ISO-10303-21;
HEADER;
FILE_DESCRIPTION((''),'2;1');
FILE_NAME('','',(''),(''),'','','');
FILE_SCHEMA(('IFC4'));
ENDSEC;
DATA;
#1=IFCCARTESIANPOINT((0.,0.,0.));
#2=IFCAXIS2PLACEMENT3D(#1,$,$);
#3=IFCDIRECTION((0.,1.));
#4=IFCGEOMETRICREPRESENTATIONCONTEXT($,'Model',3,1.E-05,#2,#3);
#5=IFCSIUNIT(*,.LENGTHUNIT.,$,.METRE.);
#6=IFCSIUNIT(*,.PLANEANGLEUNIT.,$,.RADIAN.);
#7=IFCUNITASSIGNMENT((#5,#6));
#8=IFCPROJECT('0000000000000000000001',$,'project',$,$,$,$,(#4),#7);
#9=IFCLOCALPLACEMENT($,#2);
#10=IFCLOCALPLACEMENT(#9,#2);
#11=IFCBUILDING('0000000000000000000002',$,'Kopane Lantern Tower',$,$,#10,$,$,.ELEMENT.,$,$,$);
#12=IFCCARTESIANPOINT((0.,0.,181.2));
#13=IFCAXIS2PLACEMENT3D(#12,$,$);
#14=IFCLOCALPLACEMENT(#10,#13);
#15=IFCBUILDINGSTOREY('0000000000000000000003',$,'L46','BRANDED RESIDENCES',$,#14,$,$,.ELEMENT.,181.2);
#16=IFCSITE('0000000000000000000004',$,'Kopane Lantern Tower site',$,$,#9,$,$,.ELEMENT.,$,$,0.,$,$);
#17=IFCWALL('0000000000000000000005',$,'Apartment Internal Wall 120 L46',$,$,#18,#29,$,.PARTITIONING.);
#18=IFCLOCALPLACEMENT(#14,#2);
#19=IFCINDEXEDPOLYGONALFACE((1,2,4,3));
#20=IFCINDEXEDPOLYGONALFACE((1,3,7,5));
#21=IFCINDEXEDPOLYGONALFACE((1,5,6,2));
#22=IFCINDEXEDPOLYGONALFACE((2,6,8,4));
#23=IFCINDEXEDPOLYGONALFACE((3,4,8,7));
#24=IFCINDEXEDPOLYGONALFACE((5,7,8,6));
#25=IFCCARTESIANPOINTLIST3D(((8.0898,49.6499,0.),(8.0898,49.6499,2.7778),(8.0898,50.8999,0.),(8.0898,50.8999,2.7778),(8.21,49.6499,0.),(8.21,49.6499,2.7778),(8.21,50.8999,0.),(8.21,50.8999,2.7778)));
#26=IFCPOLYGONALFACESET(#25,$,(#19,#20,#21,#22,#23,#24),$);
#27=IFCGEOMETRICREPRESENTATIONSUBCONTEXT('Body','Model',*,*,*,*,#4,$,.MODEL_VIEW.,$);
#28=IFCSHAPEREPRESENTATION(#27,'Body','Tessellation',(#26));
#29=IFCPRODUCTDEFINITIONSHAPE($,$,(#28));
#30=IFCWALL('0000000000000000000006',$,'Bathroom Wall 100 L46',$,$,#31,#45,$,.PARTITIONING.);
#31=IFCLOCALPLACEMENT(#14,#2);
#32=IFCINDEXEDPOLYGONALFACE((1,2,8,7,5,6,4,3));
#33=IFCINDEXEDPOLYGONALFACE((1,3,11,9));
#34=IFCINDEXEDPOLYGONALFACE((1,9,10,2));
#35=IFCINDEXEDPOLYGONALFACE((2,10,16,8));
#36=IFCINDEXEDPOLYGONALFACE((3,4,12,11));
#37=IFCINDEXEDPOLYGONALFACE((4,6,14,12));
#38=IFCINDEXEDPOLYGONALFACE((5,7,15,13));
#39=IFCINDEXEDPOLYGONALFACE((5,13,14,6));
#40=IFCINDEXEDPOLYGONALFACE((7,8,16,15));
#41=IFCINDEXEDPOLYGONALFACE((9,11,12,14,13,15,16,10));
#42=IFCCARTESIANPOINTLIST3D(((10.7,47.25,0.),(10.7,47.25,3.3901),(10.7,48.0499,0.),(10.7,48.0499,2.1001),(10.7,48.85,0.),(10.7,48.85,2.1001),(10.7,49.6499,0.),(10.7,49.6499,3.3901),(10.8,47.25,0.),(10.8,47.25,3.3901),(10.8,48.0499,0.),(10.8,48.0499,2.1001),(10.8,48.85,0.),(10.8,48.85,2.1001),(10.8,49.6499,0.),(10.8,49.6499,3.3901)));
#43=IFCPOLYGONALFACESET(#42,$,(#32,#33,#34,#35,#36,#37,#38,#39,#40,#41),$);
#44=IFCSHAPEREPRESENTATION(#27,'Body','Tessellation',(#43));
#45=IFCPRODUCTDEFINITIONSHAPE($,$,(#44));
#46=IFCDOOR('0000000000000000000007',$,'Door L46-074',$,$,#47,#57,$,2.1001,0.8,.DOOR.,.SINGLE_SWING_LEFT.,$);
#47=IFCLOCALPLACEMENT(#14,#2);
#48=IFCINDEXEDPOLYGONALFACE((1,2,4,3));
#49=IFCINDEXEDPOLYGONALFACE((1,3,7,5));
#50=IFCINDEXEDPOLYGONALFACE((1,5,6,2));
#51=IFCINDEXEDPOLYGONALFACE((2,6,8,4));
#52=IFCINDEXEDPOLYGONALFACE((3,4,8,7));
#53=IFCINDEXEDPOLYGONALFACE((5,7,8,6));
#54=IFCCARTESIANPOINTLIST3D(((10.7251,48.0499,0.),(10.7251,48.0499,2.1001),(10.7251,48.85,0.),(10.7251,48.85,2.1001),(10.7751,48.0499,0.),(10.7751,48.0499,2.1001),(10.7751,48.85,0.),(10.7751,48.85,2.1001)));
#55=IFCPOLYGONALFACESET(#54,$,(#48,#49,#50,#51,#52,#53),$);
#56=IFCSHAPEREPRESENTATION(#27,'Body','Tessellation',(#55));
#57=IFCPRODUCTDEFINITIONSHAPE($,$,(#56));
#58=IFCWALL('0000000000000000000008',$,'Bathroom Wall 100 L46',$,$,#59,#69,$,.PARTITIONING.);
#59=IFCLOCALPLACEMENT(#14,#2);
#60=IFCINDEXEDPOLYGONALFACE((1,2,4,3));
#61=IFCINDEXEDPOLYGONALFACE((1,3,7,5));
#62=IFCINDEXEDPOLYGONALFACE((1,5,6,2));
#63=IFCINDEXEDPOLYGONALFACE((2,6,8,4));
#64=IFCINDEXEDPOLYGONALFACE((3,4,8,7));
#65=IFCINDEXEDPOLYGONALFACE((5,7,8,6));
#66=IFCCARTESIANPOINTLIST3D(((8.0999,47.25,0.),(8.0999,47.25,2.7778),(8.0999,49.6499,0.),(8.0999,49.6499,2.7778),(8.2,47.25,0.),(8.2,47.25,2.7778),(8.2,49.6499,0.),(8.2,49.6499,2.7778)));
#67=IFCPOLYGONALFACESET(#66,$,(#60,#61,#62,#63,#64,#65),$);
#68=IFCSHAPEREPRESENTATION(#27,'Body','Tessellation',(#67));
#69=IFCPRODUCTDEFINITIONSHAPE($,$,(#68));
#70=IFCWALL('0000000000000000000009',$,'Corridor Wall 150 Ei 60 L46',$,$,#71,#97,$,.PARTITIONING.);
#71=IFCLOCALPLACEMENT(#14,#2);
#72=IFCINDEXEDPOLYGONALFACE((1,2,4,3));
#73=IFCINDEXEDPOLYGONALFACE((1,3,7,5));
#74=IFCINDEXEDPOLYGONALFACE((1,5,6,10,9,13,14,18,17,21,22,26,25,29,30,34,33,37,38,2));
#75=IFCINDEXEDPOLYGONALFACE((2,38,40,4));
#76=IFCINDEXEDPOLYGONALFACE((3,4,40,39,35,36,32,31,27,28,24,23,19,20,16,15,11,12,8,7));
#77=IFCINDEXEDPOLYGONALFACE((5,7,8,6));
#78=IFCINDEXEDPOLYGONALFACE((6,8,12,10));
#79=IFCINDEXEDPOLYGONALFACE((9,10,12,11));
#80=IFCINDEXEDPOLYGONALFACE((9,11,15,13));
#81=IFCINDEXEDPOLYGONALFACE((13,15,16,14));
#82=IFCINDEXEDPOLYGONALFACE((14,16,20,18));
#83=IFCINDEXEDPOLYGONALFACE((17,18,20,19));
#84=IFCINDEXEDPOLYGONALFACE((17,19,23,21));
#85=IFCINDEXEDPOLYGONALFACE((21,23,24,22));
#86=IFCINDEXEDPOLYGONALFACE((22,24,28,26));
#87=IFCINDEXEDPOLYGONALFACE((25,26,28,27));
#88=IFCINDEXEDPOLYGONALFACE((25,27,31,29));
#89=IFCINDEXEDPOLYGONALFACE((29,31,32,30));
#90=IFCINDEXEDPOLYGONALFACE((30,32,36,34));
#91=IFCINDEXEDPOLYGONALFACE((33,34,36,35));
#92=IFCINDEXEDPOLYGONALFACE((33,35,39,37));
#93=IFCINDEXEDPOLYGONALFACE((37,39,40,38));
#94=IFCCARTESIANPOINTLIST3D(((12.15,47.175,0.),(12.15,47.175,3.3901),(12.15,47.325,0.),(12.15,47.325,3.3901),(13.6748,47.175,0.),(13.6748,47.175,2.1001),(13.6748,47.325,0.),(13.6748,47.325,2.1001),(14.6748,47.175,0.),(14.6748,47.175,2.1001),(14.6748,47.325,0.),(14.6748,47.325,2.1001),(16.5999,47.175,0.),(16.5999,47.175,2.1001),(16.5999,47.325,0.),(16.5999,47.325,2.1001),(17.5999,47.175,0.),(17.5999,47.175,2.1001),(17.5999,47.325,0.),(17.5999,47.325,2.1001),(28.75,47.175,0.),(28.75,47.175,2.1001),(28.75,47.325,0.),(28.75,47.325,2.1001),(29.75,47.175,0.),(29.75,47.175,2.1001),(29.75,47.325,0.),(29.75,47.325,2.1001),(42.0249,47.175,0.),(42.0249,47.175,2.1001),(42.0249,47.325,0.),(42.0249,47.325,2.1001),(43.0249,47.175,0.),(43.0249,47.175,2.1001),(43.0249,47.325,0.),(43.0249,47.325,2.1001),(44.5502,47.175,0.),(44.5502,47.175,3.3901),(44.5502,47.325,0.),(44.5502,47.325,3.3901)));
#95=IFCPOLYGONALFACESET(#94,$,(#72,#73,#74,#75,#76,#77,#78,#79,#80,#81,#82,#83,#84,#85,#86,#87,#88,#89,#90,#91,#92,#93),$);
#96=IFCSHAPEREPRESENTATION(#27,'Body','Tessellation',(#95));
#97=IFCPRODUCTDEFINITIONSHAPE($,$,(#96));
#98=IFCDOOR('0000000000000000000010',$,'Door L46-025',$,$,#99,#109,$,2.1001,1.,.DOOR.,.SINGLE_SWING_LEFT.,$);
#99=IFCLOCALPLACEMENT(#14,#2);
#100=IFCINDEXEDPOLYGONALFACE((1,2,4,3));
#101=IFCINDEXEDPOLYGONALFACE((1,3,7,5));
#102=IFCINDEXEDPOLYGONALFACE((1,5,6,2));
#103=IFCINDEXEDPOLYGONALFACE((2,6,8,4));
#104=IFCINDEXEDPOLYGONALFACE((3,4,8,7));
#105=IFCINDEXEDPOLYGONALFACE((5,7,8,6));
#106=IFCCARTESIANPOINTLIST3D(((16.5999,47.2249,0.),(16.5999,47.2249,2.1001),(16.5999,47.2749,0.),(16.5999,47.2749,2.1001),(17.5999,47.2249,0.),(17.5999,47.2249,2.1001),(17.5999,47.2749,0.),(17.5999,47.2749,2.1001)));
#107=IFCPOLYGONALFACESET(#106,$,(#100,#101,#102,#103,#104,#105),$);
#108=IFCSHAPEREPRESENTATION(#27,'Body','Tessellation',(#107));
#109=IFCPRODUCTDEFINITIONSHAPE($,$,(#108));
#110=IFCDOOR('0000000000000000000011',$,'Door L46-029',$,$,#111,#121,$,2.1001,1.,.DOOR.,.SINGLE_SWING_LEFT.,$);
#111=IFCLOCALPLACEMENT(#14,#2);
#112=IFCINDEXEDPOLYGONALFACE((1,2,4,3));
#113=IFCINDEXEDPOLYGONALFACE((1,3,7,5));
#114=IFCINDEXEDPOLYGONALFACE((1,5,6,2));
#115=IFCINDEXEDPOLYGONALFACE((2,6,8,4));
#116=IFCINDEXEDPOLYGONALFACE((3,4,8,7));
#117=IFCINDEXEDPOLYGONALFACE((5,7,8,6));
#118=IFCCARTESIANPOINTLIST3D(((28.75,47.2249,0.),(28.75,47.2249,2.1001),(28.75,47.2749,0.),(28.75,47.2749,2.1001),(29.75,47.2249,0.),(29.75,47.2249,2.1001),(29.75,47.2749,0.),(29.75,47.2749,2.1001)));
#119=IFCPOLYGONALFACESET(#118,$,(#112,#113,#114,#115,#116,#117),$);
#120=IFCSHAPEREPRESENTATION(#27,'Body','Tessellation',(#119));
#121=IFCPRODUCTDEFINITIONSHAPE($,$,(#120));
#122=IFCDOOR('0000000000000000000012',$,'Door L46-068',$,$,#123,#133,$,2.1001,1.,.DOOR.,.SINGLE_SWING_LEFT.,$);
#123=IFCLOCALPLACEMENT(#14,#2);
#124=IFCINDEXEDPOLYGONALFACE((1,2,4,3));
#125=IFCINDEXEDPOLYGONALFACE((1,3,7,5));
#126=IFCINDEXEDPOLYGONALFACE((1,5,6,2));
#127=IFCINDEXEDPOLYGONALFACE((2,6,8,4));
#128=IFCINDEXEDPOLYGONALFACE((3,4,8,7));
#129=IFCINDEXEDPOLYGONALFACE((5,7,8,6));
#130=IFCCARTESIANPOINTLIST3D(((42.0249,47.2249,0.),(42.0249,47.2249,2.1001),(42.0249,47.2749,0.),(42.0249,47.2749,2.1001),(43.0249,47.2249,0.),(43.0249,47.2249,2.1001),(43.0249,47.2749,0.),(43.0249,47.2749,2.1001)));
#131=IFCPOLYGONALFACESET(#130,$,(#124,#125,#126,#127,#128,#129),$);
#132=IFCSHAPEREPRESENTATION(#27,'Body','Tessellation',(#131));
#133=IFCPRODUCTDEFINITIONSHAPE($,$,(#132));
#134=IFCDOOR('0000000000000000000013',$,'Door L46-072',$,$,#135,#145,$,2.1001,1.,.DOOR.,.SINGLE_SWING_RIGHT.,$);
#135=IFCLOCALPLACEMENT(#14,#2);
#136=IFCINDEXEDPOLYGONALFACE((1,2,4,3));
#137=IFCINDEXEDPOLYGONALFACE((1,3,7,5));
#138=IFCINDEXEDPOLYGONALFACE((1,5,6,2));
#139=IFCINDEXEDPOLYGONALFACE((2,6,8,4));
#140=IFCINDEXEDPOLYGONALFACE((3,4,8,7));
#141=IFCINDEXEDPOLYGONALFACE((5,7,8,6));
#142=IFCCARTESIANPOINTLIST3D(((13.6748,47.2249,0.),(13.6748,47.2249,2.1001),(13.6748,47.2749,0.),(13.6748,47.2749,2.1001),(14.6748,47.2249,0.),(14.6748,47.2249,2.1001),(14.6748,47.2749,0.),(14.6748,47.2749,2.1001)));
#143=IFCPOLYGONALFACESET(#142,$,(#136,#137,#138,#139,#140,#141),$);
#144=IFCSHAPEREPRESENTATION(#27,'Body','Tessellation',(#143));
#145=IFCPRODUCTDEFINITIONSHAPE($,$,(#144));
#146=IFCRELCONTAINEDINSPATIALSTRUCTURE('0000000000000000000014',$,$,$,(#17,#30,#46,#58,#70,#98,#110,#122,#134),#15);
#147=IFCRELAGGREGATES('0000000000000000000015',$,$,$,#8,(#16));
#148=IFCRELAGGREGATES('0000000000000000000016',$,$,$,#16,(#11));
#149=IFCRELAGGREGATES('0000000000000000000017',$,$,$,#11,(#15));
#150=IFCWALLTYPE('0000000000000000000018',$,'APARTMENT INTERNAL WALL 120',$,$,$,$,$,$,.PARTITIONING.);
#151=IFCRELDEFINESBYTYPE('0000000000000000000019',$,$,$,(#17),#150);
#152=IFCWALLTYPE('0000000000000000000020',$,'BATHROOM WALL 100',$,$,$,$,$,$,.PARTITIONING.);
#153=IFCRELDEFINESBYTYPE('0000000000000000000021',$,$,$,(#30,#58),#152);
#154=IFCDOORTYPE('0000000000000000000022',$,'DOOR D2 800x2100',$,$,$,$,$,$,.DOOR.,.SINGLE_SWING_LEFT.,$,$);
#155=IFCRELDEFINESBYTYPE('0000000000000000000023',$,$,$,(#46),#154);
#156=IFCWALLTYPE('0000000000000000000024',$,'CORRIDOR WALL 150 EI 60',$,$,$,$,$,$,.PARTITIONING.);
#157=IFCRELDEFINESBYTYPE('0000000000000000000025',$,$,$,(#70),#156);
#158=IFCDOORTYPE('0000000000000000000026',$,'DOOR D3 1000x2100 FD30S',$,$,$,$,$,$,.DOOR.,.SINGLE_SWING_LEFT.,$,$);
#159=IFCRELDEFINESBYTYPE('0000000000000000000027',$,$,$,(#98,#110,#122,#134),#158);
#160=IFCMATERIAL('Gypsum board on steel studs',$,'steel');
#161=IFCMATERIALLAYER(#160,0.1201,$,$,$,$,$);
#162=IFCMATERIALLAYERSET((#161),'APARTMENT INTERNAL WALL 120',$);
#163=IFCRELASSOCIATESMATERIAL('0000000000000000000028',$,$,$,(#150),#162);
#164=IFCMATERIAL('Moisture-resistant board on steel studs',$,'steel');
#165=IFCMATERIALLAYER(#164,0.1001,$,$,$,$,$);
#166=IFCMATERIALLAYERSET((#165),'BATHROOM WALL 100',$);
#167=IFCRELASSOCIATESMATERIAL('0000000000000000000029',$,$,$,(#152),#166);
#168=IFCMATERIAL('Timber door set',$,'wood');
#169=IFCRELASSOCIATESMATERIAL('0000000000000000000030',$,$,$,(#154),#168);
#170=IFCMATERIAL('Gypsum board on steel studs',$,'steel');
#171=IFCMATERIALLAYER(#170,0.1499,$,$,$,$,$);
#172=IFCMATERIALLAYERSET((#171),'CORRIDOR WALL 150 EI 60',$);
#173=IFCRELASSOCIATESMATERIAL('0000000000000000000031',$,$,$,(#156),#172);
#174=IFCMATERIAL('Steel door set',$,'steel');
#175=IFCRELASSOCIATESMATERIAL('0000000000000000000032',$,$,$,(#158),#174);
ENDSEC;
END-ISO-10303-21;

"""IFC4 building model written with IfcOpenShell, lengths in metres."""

from ifc_helpers import new_model, si_unit, direction, frame, frame_2d, origin, place, context, subcontext, project, spatial, rectangle, extrude, material, layer, layer_set, type_object, element, fill, save


model = new_model("IFC4")

# Units and contexts
model_context = context("Model", 3, precision=1e-05, world=origin(), true_north=direction((0.0, 1.0)))
body_context = subcontext(model_context, "Body", "Model", "MODEL_VIEW")
ifc_project = project(units=[si_unit("LENGTHUNIT", "METRE"), si_unit("PLANEANGLEUNIT", "RADIAN")], contexts=[model_context])

# Site, building, storey
site_placement = place(None, origin())
site = spatial("IfcSite", under=ifc_project, at=site_placement, Name="Kopane Lantern Tower site", CompositionType="ELEMENT", RefElevation=0.0)
building_placement = place(site_placement, origin())
building = spatial("IfcBuilding", under=site, at=building_placement, Name="Kopane Lantern Tower", CompositionType="ELEMENT")
storey_placement = place(building_placement, frame((0.0, 0.0, 181.2)))
storey = spatial("IfcBuildingStorey", under=building, at=storey_placement, Name="L46", Description="BRANDED RESIDENCES", CompositionType="ELEMENT", Elevation=181.2)

# Shared definitions
ifc_material_1 = material(Name="Gypsum board on steel studs", Category="steel")
ifc_layer_1 = layer(ifc_material_1, 0.1201)
ifc_layer_set_1 = layer_set([ifc_layer_1], Name="APARTMENT INTERNAL WALL 120")
wall_type_1 = type_object("IfcWallType", Name="APARTMENT INTERNAL WALL 120", PredefinedType="PARTITIONING", material=ifc_layer_set_1)

# Wall
wall_1_placement = place(storey_placement, frame((8.1499, 49.6499, 0.0), z_axis=(0.0, 0.0, 1.0), x_axis=(0.0, 1.0, 0.0)))
element("IfcWall", 1, at=wall_1_placement, inside=storey, type_object=wall_type_1, Name="Apartment Internal Wall 120 L46", PredefinedType="PARTITIONING", context=body_context, shape_type="SweptSolid", body=[
    extrude(rectangle(XDim=1.25, YDim=0.1201, at=frame_2d((0.625, 0.0))), origin(), (0.0, 0.0, 1.0), 2.7778),
])

# Wall, opening, door
ifc_material_2 = material(Name="Moisture-resistant board on steel studs", Category="steel")
ifc_layer_2 = layer(ifc_material_2, 0.1001)
ifc_layer_set_2 = layer_set([ifc_layer_2], Name="BATHROOM WALL 100")
wall_type_2 = type_object("IfcWallType", Name="BATHROOM WALL 100", PredefinedType="PARTITIONING", material=ifc_layer_set_2)
wall_2_placement = place(storey_placement, frame((10.75, 47.25, 0.0), z_axis=(0.0, 0.0, 1.0), x_axis=(0.0, 1.0, 0.0)))
wall_2 = element("IfcWall", 2, at=wall_2_placement, inside=storey, type_object=wall_type_2, Name="Bathroom Wall 100 L46", PredefinedType="PARTITIONING", context=body_context, shape_type="SweptSolid", body=[
    extrude(rectangle(XDim=2.3999, YDim=0.1001, at=frame_2d((1.2, 0.0))), origin(), (0.0, 0.0, 1.0), 3.3901),
])
opening_1_placement = place(wall_2_placement, frame((0.8, 0.0, 0.0)))
opening_1 = element("IfcOpeningElement", 3, at=opening_1_placement, cuts=wall_2, PredefinedType="OPENING", context=body_context, shape_type="SweptSolid", body=[
    extrude(rectangle(XDim=0.8, YDim=2.1001, at=frame_2d((0.3999, 1.05))), frame((0.0, 0.0601, 0.0), z_axis=(0.0, -1.0, 0.0), x_axis=(1.0, 0.0, 0.0)), (0.0, 0.0, 1.0), 0.1201),
])
ifc_material_3 = material(Name="Timber door set", Category="wood")
door_type_1 = type_object("IfcDoorType", Name="DOOR D2 800x2100", OperationType="SINGLE_SWING_LEFT", PredefinedType="DOOR", material=ifc_material_3)
door_1_placement = place(opening_1_placement, origin())
door_1 = element("IfcDoor", 4, at=door_1_placement, inside=storey, type_object=door_type_1, Name="Door L46-074", OperationType="SINGLE_SWING_LEFT", OverallHeight=2.1001, OverallWidth=0.8, PredefinedType="DOOR", context=body_context, shape_type="SweptSolid", body=[
    extrude(rectangle(XDim=0.8, YDim=2.1001, at=frame_2d((0.3999, 1.05))), frame((0.0, 0.0249, 0.0), z_axis=(0.0, -1.0, 0.0), x_axis=(1.0, 0.0, 0.0)), (0.0, 0.0, 1.0), 0.05),
])
fill(opening_1, door_1)

# Wall
wall_3_placement = place(storey_placement, frame((8.1499, 47.25, 0.0), z_axis=(0.0, 0.0, 1.0), x_axis=(0.0, 1.0, 0.0)))
element("IfcWall", 5, at=wall_3_placement, inside=storey, type_object=wall_type_2, Name="Bathroom Wall 100 L46", PredefinedType="PARTITIONING", context=body_context, shape_type="SweptSolid", body=[
    extrude(rectangle(XDim=2.3999, YDim=0.1001, at=frame_2d((1.2, 0.0))), origin(), (0.0, 0.0, 1.0), 2.7778),
])

# Wall, openings, doors
ifc_material_4 = material(Name="Gypsum board on steel studs", Category="steel")
ifc_layer_3 = layer(ifc_material_4, 0.1499)
ifc_layer_set_3 = layer_set([ifc_layer_3], Name="CORRIDOR WALL 150 EI 60")
wall_type_3 = type_object("IfcWallType", Name="CORRIDOR WALL 150 EI 60", PredefinedType="PARTITIONING", material=ifc_layer_set_3)
wall_4_placement = place(storey_placement, frame((12.1499, 47.25, 0.0), z_axis=(0.0, 0.0, 1.0), x_axis=(1.0, 0.0, 0.0)))
wall_4 = element("IfcWall", 6, at=wall_4_placement, inside=storey, type_object=wall_type_3, Name="Corridor Wall 150 Ei 60 L46", PredefinedType="PARTITIONING", context=body_context, shape_type="SweptSolid", body=[
    extrude(rectangle(XDim=32.4001, YDim=0.1499, at=frame_2d((16.2002, 0.0))), origin(), (0.0, 0.0, 1.0), 3.3901),
])
opening_2_placement = place(wall_4_placement, frame((4.45, 0.0, 0.0)))
opening_2 = element("IfcOpeningElement", 7, at=opening_2_placement, cuts=wall_4, PredefinedType="OPENING", context=body_context, shape_type="SweptSolid", body=[
    extrude(rectangle(XDim=1.0, YDim=2.1001, at=frame_2d((0.5, 1.05))), frame((0.0, 0.085, 0.0), z_axis=(0.0, -1.0, 0.0), x_axis=(1.0, 0.0, 0.0)), (0.0, 0.0, 1.0), 0.1699),
])
opening_3_placement = place(wall_4_placement, frame((16.6001, 0.0, 0.0)))
opening_3 = element("IfcOpeningElement", 8, at=opening_3_placement, cuts=wall_4, PredefinedType="OPENING", context=body_context, shape_type="SweptSolid", body=[
    extrude(rectangle(XDim=1.0, YDim=2.1001, at=frame_2d((0.5, 1.05))), frame((0.0, 0.085, 0.0), z_axis=(0.0, -1.0, 0.0), x_axis=(1.0, 0.0, 0.0)), (0.0, 0.0, 1.0), 0.1699),
])
opening_4_placement = place(wall_4_placement, frame((29.875, 0.0, 0.0)))
opening_4 = element("IfcOpeningElement", 9, at=opening_4_placement, cuts=wall_4, PredefinedType="OPENING", context=body_context, shape_type="SweptSolid", body=[
    extrude(rectangle(XDim=1.0, YDim=2.1001, at=frame_2d((0.5, 1.05))), frame((0.0, 0.085, 0.0), z_axis=(0.0, -1.0, 0.0), x_axis=(1.0, 0.0, 0.0)), (0.0, 0.0, 1.0), 0.1699),
])
opening_5_placement = place(wall_4_placement, frame((1.5249, 0.0, 0.0)))
opening_5 = element("IfcOpeningElement", 10, at=opening_5_placement, cuts=wall_4, PredefinedType="OPENING", context=body_context, shape_type="SweptSolid", body=[
    extrude(rectangle(XDim=1.0, YDim=2.1001, at=frame_2d((0.5, 1.05))), frame((0.0, 0.085, 0.0), z_axis=(0.0, -1.0, 0.0), x_axis=(1.0, 0.0, 0.0)), (0.0, 0.0, 1.0), 0.1699),
])
ifc_material_5 = material(Name="Steel door set", Category="steel")
door_type_2 = type_object("IfcDoorType", Name="DOOR D3 1000x2100 FD30S", OperationType="SINGLE_SWING_LEFT", PredefinedType="DOOR", material=ifc_material_5)
door_2_placement = place(opening_2_placement, origin())
door_2 = element("IfcDoor", 11, at=door_2_placement, inside=storey, type_object=door_type_2, Name="Door L46-025", OperationType="SINGLE_SWING_LEFT", OverallHeight=2.1001, OverallWidth=1.0, PredefinedType="DOOR", context=body_context, shape_type="SweptSolid", body=[
    extrude(rectangle(XDim=1.0, YDim=2.1001, at=frame_2d((0.5, 1.05))), frame((0.0, 0.0249, 0.0), z_axis=(0.0, -1.0, 0.0), x_axis=(1.0, 0.0, 0.0)), (0.0, 0.0, 1.0), 0.05),
])
fill(opening_2, door_2)
door_3_placement = place(opening_3_placement, origin())
door_3 = element("IfcDoor", 12, at=door_3_placement, inside=storey, type_object=door_type_2, Name="Door L46-029", OperationType="SINGLE_SWING_LEFT", OverallHeight=2.1001, OverallWidth=1.0, PredefinedType="DOOR", context=body_context, shape_type="SweptSolid", body=[
    extrude(rectangle(XDim=1.0, YDim=2.1001, at=frame_2d((0.5, 1.05))), frame((0.0, 0.0249, 0.0), z_axis=(0.0, -1.0, 0.0), x_axis=(1.0, 0.0, 0.0)), (0.0, 0.0, 1.0), 0.05),
])
fill(opening_3, door_3)
door_4_placement = place(opening_4_placement, origin())
door_4 = element("IfcDoor", 13, at=door_4_placement, inside=storey, type_object=door_type_2, Name="Door L46-068", OperationType="SINGLE_SWING_LEFT", OverallHeight=2.1001, OverallWidth=1.0, PredefinedType="DOOR", context=body_context, shape_type="SweptSolid", body=[
    extrude(rectangle(XDim=1.0, YDim=2.1001, at=frame_2d((0.5, 1.05))), frame((0.0, 0.0249, 0.0), z_axis=(0.0, -1.0, 0.0), x_axis=(1.0, 0.0, 0.0)), (0.0, 0.0, 1.0), 0.05),
])
fill(opening_4, door_4)
door_5_placement = place(opening_5_placement, origin())
door_5 = element("IfcDoor", 14, at=door_5_placement, inside=storey, type_object=door_type_2, Name="Door L46-072", OperationType="SINGLE_SWING_RIGHT", OverallHeight=2.1001, OverallWidth=1.0, PredefinedType="DOOR", context=body_context, shape_type="SweptSolid", body=[
    extrude(rectangle(XDim=1.0, YDim=2.1001, at=frame_2d((0.5, 1.05))), frame((0.0, 0.0249, 0.0), z_axis=(0.0, -1.0, 0.0), x_axis=(1.0, 0.0, 0.0)), (0.0, 0.0, 1.0), 0.05),
])
fill(opening_5, door_5)

save(model, "model.ifc")
